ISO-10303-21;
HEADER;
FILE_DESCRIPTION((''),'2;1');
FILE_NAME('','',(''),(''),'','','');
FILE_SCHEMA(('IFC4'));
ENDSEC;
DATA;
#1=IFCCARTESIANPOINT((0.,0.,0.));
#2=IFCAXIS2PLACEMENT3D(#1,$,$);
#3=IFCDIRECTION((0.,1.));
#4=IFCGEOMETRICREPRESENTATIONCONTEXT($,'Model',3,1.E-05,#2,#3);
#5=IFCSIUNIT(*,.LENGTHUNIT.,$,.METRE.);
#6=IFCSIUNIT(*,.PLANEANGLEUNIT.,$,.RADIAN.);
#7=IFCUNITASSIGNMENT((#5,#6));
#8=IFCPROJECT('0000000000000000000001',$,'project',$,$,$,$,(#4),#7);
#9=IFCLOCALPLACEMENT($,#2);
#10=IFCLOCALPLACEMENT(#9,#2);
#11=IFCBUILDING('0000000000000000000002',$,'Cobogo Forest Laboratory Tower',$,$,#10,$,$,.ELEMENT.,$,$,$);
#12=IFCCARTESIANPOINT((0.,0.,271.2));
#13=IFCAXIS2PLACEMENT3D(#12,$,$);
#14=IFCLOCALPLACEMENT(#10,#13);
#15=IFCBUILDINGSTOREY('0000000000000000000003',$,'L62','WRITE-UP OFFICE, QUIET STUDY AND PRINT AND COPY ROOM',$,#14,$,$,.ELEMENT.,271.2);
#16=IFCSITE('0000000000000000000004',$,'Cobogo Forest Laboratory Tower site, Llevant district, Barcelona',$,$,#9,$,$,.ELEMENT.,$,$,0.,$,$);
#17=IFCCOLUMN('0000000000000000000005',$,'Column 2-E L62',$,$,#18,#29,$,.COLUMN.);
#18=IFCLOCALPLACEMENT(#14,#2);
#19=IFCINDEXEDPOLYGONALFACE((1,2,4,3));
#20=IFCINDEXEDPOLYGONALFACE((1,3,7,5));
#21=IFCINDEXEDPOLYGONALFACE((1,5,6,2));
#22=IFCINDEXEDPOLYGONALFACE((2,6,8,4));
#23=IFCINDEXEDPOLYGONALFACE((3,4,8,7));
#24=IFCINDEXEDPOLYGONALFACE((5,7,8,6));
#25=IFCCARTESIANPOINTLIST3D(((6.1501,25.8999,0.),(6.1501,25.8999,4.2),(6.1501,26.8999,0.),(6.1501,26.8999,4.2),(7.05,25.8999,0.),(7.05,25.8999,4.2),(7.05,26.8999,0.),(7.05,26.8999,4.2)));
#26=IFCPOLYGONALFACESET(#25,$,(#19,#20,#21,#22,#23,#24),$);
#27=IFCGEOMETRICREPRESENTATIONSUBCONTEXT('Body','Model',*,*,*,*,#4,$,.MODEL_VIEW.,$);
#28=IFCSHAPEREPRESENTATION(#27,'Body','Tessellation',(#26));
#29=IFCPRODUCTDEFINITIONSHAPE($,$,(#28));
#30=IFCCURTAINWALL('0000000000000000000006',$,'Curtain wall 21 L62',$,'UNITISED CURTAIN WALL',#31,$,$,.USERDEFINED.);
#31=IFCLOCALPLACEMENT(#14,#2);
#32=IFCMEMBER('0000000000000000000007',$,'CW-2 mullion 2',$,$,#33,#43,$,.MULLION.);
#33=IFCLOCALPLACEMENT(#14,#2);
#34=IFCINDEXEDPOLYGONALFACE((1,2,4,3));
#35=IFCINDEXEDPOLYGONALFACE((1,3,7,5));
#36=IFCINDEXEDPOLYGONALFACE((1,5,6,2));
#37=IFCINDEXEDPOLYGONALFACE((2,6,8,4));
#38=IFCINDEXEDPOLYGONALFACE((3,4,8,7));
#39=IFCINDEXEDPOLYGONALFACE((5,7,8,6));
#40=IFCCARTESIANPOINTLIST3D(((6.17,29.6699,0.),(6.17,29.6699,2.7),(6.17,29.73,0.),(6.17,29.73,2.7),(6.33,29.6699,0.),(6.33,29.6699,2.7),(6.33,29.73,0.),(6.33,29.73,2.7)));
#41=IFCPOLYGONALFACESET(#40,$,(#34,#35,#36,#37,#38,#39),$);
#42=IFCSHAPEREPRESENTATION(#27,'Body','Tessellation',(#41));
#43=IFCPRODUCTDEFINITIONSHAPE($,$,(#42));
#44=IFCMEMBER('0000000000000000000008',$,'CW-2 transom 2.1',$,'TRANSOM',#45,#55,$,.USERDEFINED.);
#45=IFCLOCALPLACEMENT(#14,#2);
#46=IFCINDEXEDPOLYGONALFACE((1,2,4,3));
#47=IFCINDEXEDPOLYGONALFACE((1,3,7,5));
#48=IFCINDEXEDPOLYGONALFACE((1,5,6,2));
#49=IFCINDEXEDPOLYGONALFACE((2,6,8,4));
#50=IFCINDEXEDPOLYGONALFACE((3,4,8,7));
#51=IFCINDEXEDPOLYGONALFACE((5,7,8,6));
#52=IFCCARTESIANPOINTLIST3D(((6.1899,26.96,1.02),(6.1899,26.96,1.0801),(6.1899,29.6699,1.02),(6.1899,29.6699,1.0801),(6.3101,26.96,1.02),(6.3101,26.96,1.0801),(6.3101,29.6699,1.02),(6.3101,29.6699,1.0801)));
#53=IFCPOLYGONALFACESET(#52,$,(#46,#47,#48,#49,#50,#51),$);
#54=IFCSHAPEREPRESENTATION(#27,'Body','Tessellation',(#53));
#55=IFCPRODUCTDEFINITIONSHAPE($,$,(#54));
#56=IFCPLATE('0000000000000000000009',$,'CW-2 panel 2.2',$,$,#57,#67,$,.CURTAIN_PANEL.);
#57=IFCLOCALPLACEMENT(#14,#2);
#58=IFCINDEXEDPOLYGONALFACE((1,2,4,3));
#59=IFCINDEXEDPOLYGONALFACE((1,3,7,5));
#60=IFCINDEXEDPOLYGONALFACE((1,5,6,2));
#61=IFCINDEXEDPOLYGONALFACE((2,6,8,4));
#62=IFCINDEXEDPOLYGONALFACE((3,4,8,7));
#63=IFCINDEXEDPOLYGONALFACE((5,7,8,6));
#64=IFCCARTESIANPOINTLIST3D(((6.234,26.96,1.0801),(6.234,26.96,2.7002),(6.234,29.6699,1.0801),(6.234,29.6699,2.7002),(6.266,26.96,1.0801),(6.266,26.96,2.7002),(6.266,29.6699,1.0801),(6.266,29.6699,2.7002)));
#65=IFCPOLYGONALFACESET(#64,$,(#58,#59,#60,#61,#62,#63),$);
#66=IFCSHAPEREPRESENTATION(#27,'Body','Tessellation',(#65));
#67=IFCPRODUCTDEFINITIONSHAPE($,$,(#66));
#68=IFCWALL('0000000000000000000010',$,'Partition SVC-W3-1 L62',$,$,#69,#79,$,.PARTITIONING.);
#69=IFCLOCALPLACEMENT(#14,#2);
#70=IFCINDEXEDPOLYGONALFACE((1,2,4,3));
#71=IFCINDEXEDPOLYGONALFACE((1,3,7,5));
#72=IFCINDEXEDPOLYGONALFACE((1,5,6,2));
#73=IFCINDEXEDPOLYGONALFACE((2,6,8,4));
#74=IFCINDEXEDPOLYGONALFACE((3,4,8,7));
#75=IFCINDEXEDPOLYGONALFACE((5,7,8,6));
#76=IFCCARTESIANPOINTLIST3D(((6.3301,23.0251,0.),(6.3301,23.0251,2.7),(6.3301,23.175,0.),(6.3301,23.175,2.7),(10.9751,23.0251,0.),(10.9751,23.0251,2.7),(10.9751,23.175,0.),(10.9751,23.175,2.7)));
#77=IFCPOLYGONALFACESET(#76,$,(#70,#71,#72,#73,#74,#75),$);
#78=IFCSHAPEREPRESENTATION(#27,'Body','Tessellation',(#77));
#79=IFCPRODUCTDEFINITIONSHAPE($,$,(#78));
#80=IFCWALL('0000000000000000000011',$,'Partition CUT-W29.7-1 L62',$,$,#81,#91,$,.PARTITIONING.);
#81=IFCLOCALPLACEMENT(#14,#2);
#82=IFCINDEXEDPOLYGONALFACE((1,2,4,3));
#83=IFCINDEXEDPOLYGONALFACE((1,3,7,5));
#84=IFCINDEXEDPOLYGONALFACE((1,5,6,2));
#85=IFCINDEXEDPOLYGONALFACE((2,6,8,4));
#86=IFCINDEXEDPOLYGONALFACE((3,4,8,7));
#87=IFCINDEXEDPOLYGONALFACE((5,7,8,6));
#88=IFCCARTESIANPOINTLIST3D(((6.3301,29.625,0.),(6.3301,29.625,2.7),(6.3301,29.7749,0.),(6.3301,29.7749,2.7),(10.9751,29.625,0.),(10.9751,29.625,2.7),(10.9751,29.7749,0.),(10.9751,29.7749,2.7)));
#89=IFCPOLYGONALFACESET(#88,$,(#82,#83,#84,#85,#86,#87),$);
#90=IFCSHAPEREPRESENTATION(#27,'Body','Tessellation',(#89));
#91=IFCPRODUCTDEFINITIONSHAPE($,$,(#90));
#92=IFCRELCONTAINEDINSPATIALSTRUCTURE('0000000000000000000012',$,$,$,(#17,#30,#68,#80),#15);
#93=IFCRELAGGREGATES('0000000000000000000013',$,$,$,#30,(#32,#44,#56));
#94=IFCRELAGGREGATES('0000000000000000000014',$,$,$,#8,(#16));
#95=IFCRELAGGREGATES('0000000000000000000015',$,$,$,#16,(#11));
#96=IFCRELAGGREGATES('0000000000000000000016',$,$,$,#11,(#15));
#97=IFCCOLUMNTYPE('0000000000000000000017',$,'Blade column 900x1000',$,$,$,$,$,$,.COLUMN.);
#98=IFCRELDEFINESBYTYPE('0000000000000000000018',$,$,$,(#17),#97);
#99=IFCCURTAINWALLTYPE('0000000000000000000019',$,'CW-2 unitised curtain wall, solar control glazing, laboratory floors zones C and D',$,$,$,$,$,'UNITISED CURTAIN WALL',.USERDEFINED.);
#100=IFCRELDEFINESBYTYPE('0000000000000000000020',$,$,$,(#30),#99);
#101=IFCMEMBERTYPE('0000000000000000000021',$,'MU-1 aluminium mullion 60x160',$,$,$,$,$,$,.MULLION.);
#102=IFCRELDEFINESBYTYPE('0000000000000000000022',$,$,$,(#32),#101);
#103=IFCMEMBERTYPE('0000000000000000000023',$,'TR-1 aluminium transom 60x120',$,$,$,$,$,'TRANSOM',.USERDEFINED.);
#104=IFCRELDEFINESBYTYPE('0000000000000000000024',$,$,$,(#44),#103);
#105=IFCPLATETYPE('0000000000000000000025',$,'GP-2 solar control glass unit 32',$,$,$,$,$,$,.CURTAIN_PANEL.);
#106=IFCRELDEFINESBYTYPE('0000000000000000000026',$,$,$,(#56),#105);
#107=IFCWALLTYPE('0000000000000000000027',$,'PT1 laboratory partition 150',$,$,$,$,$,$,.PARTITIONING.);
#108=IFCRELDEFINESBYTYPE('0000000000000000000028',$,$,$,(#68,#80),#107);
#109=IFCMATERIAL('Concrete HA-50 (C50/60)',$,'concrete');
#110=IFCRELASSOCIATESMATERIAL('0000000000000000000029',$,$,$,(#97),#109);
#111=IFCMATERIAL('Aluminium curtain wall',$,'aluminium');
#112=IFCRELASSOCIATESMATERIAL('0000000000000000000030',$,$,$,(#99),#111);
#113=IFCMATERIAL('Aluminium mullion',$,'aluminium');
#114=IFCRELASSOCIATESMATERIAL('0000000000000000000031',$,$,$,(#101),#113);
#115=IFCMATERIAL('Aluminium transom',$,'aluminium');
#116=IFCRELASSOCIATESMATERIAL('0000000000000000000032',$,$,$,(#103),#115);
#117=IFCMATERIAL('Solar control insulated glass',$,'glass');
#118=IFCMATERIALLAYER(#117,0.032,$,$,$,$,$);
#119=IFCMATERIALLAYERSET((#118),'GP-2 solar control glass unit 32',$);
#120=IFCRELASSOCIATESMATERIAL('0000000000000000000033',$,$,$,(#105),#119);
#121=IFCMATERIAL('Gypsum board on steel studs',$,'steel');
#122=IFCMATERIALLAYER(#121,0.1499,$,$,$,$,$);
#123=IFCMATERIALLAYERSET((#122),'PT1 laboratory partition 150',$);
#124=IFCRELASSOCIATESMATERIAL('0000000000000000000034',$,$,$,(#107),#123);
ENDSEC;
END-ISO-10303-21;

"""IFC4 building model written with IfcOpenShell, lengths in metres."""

from ifc_helpers import new_model, si_unit, direction, frame, frame_2d, origin, origin_2d, place, context, subcontext, project, spatial, rectangle, extrude, material, layer, layer_set, material_profile, profile_set, type_object, element, aggregate, save


model = new_model("IFC4")

# Units and contexts
model_context = context("Model", 3, precision=1e-05, world=origin(), true_north=direction((0.0, 1.0)))
body_context = subcontext(model_context, "Body", "Model", "MODEL_VIEW")
ifc_project = project(units=[si_unit("LENGTHUNIT", "METRE"), si_unit("PLANEANGLEUNIT", "RADIAN")], contexts=[model_context])

# Site, building, storey
site_placement = place(None, origin())
site = spatial("IfcSite", under=ifc_project, at=site_placement, Name="Cobogo Forest Laboratory Tower site, Llevant district, Barcelona", CompositionType="ELEMENT", RefElevation=0.0)
building_placement = place(site_placement, origin())
building = spatial("IfcBuilding", under=site, at=building_placement, Name="Cobogo Forest Laboratory Tower", CompositionType="ELEMENT")
storey_placement = place(building_placement, frame((0.0, 0.0, 271.2)))
storey = spatial("IfcBuildingStorey", under=building, at=storey_placement, Name="L62", Description="WRITE-UP OFFICE, QUIET STUDY AND PRINT AND COPY ROOM", CompositionType="ELEMENT", Elevation=271.2)

# Column
ifc_material_1 = material(Name="Concrete HA-50 (C50/60)", Category="concrete")
ifc_material_profile_1 = material_profile(ifc_material_1, rectangle(XDim=1.0, YDim=0.8999, at=origin_2d()), Name="RC 900x1000")
ifc_profile_set_1 = profile_set([ifc_material_profile_1], Name="Concrete HA-50 (C50/60)")
column_type = type_object("IfcColumnType", Name="Blade column 900x1000", PredefinedType="COLUMN", material=ifc_profile_set_1)
column_placement = place(storey_placement, frame((6.6001, 26.3999, 0.0), z_axis=(0.0, 0.0, 1.0), x_axis=(0.0, 1.0, 0.0)))
element("IfcColumn", 1, at=column_placement, inside=storey, type_object=column_type, Name="Column 2-E L62", PredefinedType="COLUMN", context=body_context, shape_type="SweptSolid", body=[
    extrude(rectangle(XDim=1.0, YDim=0.8999, at=origin_2d()), origin(), (0.0, 0.0, 1.0), 4.2),
])

# Curtain wall, members, plate
ifc_material_2 = material(Name="Aluminium curtain wall", Category="aluminium")
curtain_wall_type = type_object("IfcCurtainWallType", Name="CW-2 unitised curtain wall, solar control glazing, laboratory floors zones C and D", ElementType="UNITISED CURTAIN WALL", PredefinedType="USERDEFINED", material=ifc_material_2)
curtain_wall_placement = place(storey_placement, origin())
curtain_wall = element("IfcCurtainWall", 2, at=curtain_wall_placement, inside=storey, type_object=curtain_wall_type, Name="Curtain wall 21 L62", ObjectType="UNITISED CURTAIN WALL", PredefinedType="USERDEFINED")
ifc_material_3 = material(Name="Aluminium mullion", Category="aluminium")
ifc_material_profile_2 = material_profile(ifc_material_3, rectangle(XDim=0.0601, YDim=0.1599, at=origin_2d()), Name="AL 60x160")
ifc_profile_set_2 = profile_set([ifc_material_profile_2], Name="Aluminium mullion")
member_type_1 = type_object("IfcMemberType", Name="MU-1 aluminium mullion 60x160", PredefinedType="MULLION", material=ifc_profile_set_2)
member_1_placement = place(storey_placement, frame((6.25, 29.7, 0.0), z_axis=(0.0, 0.0, 1.0), x_axis=(0.0, -1.0, 0.0)))
member_1 = element("IfcMember", 3, at=member_1_placement, type_object=member_type_1, Name="CW-2 mullion 2", PredefinedType="MULLION", context=body_context, shape_type="SweptSolid", body=[
    extrude(rectangle(XDim=0.0601, YDim=0.1599, at=origin_2d()), origin(), (0.0, 0.0, 1.0), 2.7),
])
ifc_material_4 = material(Name="Aluminium transom", Category="aluminium")
ifc_material_profile_3 = material_profile(ifc_material_4, rectangle(XDim=0.1201, YDim=0.0601, at=origin_2d()), Name="AL 60x120")
ifc_profile_set_3 = profile_set([ifc_material_profile_3], Name="Aluminium transom")
member_type_2 = type_object("IfcMemberType", Name="TR-1 aluminium transom 60x120", ElementType="TRANSOM", PredefinedType="USERDEFINED", material=ifc_profile_set_3)
member_2_placement = place(storey_placement, frame((6.25, 29.6699, 1.05), z_axis=(0.0, -1.0, 0.0), x_axis=(1.0, 0.0, 0.0)))
member_2 = element("IfcMember", 4, at=member_2_placement, type_object=member_type_2, Name="CW-2 transom 2.1", ObjectType="TRANSOM", PredefinedType="USERDEFINED", context=body_context, shape_type="SweptSolid", body=[
    extrude(rectangle(XDim=0.1201, YDim=0.0601, at=origin_2d()), origin(), (0.0, 0.0, 1.0), 2.71),
])
ifc_material_5 = material(Name="Solar control insulated glass", Category="glass")
ifc_layer_1 = layer(ifc_material_5, 0.032)
ifc_layer_set_1 = layer_set([ifc_layer_1], Name="GP-2 solar control glass unit 32")
plate_type = type_object("IfcPlateType", Name="GP-2 solar control glass unit 32", PredefinedType="CURTAIN_PANEL", material=ifc_layer_set_1)
plate_placement = place(storey_placement, frame((6.25, 28.3149, 1.0801), z_axis=(0.0, 0.0, 1.0), x_axis=(0.0, -1.0, 0.0)))
plate = element("IfcPlate", 5, at=plate_placement, type_object=plate_type, Name="CW-2 panel 2.2", PredefinedType="CURTAIN_PANEL", context=body_context, shape_type="SweptSolid", body=[
    extrude(rectangle(XDim=2.71, YDim=0.032, at=origin_2d()), origin(), (0.0, 0.0, 1.0), 1.6201),
])
aggregate(curtain_wall, [member_1, member_2, plate])

# Walls
ifc_material_6 = material(Name="Gypsum board on steel studs", Category="steel")
ifc_layer_2 = layer(ifc_material_6, 0.1499)
ifc_layer_set_2 = layer_set([ifc_layer_2], Name="PT1 laboratory partition 150")
wall_type = type_object("IfcWallType", Name="PT1 laboratory partition 150", PredefinedType="PARTITIONING", material=ifc_layer_set_2)
for number, where, z_axis, x_axis, name in (
    (6, (6.3301, 23.1001, 0.0), (0.0, 0.0, 1.0), (1.0, 0.0, 0.0), "Partition SVC-W3-1 L62"),
    (7, (6.3301, 29.7, 0.0), (0.0, 0.0, 1.0), (1.0, 0.0, 0.0), "Partition CUT-W29.7-1 L62"),
):
    element("IfcWall", number, at=place(storey_placement, frame(where, z_axis=z_axis, x_axis=x_axis)), inside=storey, type_object=wall_type, Name=name, PredefinedType="PARTITIONING", context=body_context, shape_type="SweptSolid", body=[
        extrude(rectangle(XDim=4.645, YDim=0.1499, at=frame_2d((2.3225, 0.0))), origin(), (0.0, 0.0, 1.0), 2.7),
    ])

save(model, "model.ifc")
